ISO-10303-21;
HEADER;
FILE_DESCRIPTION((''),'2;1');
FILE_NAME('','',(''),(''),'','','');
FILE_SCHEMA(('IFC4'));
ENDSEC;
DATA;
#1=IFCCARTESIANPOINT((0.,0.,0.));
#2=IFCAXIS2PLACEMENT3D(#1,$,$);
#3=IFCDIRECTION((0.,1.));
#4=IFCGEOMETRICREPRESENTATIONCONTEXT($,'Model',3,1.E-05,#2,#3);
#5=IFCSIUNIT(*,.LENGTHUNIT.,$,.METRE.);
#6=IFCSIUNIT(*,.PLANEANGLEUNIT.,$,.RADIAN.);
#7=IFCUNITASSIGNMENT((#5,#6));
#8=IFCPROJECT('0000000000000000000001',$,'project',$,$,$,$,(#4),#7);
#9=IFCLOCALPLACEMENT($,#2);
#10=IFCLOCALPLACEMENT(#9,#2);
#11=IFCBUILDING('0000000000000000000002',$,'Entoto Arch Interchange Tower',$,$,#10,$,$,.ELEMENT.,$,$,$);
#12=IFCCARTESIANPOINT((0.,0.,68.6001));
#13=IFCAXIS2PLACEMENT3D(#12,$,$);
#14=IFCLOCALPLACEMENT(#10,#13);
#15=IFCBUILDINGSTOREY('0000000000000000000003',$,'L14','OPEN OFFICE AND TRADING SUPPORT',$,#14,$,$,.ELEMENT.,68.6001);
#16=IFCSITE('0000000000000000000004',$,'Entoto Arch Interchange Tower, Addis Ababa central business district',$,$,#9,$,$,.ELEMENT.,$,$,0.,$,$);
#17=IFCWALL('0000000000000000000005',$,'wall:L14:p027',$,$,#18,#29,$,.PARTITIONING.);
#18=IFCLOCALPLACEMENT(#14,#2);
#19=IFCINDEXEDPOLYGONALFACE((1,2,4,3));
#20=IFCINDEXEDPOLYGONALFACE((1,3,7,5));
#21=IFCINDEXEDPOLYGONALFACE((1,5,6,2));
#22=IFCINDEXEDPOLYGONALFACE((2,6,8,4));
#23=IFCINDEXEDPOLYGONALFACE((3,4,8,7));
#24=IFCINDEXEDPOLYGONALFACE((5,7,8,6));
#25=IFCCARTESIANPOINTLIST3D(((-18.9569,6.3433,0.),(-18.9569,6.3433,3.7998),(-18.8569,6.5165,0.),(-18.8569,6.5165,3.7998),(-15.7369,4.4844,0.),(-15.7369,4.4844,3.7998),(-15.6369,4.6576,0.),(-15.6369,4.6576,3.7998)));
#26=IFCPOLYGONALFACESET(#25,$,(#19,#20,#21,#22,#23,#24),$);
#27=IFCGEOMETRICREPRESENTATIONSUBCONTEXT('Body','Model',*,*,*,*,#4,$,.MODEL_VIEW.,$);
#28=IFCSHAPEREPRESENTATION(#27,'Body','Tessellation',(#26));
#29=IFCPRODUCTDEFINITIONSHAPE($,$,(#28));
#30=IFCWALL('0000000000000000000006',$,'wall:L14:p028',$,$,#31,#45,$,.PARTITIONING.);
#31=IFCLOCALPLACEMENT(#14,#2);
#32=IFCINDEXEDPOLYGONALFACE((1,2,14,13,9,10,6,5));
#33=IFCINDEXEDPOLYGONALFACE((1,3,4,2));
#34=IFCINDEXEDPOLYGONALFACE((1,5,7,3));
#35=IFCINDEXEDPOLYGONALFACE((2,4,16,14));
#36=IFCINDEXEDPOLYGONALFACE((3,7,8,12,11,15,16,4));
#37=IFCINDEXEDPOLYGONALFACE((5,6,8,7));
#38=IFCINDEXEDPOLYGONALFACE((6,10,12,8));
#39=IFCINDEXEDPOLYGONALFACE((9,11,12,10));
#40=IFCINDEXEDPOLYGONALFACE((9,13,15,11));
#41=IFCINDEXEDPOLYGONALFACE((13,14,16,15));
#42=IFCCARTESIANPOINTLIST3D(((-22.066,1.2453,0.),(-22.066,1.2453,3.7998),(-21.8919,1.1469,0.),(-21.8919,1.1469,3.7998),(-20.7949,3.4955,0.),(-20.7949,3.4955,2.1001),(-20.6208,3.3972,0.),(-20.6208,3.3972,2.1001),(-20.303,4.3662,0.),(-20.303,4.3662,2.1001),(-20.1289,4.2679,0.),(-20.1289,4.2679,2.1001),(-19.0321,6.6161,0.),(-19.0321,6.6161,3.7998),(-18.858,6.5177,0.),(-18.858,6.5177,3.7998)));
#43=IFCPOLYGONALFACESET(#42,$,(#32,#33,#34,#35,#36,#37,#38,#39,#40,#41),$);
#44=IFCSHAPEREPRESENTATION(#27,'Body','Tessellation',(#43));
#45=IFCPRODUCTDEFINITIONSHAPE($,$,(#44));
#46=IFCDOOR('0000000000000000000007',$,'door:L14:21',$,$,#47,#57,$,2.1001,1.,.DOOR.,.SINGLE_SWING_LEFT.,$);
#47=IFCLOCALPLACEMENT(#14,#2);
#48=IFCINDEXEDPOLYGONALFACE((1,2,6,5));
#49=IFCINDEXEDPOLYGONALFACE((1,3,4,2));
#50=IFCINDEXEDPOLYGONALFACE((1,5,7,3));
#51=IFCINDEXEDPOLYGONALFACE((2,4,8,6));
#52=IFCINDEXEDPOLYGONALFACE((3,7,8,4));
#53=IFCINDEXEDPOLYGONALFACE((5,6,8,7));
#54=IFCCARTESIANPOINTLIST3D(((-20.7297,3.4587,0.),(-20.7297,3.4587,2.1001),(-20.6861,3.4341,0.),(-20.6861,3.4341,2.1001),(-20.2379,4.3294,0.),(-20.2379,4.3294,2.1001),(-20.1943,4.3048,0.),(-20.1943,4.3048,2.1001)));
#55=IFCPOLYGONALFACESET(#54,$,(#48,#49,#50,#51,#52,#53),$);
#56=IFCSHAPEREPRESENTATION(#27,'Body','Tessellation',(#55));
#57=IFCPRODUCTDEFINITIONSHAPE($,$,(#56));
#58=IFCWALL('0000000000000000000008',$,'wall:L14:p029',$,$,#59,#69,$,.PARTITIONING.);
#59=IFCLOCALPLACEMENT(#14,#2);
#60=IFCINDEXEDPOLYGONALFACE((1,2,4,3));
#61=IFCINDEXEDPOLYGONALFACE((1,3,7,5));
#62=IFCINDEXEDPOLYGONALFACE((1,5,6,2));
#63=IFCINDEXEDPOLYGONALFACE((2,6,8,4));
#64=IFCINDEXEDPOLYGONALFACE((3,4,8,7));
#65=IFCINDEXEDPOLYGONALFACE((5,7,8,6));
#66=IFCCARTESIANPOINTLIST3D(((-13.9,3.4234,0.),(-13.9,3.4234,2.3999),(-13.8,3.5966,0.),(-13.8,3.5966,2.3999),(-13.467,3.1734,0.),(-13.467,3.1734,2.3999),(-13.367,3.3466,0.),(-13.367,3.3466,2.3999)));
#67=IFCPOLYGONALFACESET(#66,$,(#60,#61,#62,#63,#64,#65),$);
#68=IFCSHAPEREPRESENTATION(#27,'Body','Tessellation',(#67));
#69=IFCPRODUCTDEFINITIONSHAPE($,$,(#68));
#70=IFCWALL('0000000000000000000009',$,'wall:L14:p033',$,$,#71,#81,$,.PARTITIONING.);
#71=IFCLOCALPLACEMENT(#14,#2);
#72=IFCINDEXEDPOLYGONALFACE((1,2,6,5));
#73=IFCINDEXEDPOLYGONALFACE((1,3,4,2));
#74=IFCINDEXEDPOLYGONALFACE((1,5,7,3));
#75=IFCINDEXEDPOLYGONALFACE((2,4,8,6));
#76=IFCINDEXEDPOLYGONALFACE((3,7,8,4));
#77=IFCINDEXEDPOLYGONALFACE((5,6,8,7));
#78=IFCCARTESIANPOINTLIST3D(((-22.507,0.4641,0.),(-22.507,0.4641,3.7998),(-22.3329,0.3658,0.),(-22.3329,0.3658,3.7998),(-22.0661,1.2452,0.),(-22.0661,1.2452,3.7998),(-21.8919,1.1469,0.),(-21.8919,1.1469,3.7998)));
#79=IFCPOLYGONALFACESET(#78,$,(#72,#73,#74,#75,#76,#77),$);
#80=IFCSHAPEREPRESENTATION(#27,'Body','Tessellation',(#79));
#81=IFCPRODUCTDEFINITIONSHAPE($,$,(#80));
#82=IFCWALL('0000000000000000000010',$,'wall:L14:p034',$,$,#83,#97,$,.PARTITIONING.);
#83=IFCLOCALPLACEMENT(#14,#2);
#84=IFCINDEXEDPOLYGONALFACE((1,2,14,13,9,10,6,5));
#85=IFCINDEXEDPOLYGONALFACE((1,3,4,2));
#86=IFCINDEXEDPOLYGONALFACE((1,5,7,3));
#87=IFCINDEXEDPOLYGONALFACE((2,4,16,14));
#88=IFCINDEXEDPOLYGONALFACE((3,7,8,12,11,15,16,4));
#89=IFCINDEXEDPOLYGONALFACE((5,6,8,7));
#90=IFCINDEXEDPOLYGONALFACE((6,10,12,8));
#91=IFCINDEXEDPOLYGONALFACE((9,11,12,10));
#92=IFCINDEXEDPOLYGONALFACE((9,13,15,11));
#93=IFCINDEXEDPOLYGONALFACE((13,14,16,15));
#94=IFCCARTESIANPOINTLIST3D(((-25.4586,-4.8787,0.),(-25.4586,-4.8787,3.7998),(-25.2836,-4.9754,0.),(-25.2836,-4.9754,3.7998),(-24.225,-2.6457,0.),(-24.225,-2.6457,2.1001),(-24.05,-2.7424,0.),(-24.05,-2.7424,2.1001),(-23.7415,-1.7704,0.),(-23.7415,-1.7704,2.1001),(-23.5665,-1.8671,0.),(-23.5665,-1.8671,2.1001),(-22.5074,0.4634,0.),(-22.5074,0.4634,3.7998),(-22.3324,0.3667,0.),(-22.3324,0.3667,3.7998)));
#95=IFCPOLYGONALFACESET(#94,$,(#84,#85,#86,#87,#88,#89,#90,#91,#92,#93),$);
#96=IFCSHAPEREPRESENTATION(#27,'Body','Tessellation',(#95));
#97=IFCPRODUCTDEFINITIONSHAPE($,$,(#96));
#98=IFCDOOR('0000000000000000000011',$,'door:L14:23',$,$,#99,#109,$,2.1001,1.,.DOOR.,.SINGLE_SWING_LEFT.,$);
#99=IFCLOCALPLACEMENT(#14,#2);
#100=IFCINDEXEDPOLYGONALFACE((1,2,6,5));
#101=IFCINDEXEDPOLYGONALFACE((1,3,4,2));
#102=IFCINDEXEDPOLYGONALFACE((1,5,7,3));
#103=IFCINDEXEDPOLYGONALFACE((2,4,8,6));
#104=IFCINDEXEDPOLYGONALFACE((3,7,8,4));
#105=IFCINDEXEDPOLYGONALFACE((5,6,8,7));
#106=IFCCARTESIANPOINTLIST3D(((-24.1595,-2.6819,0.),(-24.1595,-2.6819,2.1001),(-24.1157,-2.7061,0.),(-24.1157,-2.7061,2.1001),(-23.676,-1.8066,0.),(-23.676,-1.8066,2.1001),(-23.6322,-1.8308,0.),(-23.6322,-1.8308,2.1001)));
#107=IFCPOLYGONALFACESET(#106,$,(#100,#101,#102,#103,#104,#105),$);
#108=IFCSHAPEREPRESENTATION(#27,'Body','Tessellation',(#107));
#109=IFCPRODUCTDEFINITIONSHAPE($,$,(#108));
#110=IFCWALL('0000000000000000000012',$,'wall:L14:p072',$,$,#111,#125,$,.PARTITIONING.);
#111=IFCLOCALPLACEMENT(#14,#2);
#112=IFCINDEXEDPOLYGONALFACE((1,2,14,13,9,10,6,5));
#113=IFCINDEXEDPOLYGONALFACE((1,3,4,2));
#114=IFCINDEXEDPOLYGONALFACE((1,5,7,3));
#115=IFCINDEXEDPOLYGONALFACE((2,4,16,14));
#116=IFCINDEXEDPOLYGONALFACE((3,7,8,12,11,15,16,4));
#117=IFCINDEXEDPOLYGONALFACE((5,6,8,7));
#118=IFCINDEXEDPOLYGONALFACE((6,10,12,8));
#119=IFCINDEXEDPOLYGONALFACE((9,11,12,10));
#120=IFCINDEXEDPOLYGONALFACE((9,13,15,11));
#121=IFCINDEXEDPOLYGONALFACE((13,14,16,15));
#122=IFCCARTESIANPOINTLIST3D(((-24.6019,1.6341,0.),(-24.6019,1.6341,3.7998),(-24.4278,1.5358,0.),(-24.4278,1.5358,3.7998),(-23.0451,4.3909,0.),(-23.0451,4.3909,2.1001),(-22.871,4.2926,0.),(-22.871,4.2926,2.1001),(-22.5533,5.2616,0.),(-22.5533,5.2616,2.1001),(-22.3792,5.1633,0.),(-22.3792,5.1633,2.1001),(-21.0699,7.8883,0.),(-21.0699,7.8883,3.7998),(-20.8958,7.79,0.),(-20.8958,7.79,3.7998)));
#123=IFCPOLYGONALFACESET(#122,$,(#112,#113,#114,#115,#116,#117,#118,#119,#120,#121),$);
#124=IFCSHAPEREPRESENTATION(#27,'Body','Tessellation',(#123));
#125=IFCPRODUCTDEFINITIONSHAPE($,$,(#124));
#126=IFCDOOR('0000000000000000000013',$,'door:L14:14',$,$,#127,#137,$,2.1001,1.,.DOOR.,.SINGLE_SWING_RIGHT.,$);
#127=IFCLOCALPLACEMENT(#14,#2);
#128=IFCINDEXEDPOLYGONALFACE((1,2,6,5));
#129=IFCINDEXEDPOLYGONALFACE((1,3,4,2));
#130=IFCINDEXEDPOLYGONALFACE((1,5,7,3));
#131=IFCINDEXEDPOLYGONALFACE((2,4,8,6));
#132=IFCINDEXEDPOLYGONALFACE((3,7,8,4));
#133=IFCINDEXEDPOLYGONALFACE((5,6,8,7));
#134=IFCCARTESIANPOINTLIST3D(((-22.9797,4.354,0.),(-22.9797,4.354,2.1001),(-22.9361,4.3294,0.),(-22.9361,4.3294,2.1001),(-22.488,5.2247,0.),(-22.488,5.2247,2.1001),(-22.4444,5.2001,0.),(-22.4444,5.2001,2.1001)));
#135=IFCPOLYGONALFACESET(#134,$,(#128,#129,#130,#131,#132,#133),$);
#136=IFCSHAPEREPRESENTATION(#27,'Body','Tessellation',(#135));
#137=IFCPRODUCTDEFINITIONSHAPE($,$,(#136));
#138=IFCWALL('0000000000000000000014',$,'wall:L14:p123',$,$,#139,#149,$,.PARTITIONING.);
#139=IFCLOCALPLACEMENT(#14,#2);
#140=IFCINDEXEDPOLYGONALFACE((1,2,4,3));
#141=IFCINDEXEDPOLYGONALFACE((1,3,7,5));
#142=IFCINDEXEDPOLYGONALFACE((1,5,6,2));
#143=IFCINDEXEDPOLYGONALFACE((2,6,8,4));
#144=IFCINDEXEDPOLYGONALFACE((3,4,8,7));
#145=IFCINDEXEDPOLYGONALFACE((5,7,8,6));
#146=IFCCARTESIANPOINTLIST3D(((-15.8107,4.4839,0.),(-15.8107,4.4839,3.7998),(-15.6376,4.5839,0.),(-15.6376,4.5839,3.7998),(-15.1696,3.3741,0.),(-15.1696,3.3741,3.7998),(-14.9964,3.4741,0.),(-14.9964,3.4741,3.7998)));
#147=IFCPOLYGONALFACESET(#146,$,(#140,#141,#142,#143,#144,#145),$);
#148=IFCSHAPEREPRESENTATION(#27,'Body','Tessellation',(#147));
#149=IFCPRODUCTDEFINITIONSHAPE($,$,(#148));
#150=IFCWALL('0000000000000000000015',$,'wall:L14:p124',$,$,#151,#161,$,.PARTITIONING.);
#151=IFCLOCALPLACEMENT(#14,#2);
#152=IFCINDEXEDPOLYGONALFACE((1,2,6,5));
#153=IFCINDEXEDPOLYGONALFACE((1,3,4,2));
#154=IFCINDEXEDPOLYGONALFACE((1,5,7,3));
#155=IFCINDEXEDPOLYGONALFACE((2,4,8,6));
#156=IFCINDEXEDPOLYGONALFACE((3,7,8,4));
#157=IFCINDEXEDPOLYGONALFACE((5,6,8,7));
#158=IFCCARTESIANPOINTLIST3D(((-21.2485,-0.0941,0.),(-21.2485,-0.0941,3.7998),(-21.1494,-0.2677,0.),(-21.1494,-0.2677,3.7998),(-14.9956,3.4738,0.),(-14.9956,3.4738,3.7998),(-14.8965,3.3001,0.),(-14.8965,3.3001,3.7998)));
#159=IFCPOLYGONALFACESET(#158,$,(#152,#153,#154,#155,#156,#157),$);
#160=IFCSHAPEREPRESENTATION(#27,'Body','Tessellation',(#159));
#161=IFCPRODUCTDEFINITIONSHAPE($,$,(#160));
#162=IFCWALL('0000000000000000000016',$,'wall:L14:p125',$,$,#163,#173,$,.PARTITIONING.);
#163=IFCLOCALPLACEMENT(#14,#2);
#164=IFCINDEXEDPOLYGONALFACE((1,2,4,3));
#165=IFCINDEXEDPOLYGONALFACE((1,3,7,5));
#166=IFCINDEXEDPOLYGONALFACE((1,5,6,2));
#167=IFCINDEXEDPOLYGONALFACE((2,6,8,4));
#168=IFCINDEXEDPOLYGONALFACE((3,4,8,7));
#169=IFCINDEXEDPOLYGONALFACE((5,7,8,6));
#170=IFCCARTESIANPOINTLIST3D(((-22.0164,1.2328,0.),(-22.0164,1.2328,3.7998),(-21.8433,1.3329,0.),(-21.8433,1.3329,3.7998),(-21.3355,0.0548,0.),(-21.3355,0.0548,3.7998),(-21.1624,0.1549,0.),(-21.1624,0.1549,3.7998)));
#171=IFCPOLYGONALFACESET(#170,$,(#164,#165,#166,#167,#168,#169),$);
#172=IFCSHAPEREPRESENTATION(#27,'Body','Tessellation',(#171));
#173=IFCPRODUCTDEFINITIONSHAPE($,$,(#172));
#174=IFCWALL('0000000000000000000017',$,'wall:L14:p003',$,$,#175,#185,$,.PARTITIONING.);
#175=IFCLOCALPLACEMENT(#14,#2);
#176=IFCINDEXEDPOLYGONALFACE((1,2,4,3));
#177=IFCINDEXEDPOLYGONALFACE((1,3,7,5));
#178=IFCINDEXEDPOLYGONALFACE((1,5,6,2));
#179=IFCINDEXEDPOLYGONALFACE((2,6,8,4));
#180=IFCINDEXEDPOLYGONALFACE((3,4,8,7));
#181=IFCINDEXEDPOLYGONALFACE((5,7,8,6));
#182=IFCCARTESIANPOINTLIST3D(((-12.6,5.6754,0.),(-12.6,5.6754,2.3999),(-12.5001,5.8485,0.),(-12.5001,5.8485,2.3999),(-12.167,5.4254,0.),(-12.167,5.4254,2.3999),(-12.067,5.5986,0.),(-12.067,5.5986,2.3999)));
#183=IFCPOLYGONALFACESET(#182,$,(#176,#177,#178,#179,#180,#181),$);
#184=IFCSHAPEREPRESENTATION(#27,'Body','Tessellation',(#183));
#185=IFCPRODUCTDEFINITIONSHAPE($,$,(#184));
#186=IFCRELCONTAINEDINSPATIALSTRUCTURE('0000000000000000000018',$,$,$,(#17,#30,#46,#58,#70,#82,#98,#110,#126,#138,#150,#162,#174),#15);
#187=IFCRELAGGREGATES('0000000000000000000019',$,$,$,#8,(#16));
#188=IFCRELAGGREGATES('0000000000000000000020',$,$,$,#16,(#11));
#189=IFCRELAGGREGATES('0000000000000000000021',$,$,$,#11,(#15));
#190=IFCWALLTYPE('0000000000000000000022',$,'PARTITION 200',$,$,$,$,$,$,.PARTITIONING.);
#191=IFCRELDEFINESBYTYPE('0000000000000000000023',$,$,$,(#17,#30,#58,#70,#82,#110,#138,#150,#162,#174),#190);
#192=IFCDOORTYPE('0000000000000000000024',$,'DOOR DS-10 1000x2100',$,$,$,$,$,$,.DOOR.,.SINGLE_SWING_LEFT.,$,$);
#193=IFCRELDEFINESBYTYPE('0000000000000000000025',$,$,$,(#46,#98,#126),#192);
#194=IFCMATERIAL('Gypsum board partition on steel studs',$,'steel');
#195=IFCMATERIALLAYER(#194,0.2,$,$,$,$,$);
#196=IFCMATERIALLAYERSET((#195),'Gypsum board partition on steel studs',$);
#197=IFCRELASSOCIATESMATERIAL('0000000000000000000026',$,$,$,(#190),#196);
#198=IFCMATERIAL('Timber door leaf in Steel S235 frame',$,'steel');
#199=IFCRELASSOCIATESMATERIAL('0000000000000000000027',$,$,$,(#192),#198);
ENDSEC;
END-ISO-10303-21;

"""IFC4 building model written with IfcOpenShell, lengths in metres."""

from ifc_helpers import new_model, si_unit, direction, frame, frame_2d, origin, place, context, subcontext, project, spatial, rectangle, extrude, material, layer, layer_set, type_object, element, fill, save


model = new_model("IFC4")

# Units and contexts
model_context = context("Model", 3, precision=1e-05, world=origin(), true_north=direction((0.0, 1.0)))
body_context = subcontext(model_context, "Body", "Model", "MODEL_VIEW")
ifc_project = project(units=[si_unit("LENGTHUNIT", "METRE"), si_unit("PLANEANGLEUNIT", "RADIAN")], contexts=[model_context])

# Site, building, storey
site_placement = place(None, origin())
site = spatial("IfcSite", under=ifc_project, at=site_placement, Name="Entoto Arch Interchange Tower, Addis Ababa central business district", CompositionType="ELEMENT", RefElevation=0.0)
building_placement = place(site_placement, origin())
building = spatial("IfcBuilding", under=site, at=building_placement, Name="Entoto Arch Interchange Tower", CompositionType="ELEMENT")
storey_placement = place(building_placement, frame((0.0, 0.0, 68.6001)))
storey = spatial("IfcBuildingStorey", under=building, at=storey_placement, Name="L14", Description="OPEN OFFICE AND TRADING SUPPORT", CompositionType="ELEMENT", Elevation=68.6001)

# Shared definitions
ifc_material_1 = material(Name="Gypsum board partition on steel studs", Category="steel")

# Shared definitions
ifc_layer_1 = layer(ifc_material_1, 0.2)
ifc_layer_set_1 = layer_set([ifc_layer_1], Name="Gypsum board partition on steel studs")
wall_type_1 = type_object("IfcWallType", Name="PARTITION 200", PredefinedType="PARTITIONING", material=ifc_layer_set_1)
ifc_material_2 = material(Name="Timber door leaf in Steel S235 frame", Category="steel")
door_type_1 = type_object("IfcDoorType", Name="DOOR DS-10 1000x2100", OperationType="SINGLE_SWING_LEFT", PredefinedType="DOOR", material=ifc_material_2)

# Wall
wall_1_placement = place(storey_placement, frame((-15.687, 4.571, 0.0), z_axis=(0.0, 0.0, 1.0), x_axis=(-0.866045, 0.499967, 0.0)))
element("IfcWall", 1, at=wall_1_placement, inside=storey, type_object=wall_type_1, Name="wall:L14:p027", PredefinedType="PARTITIONING", context=body_context, shape_type="SweptSolid", body=[
    extrude(rectangle(XDim=3.718, YDim=0.2, at=frame_2d((1.8589, 0.0))), origin(), (0.0, 0.0, 1.0), 3.7998),
])

# Wall, opening, door
wall_2_placement = place(storey_placement, frame((-18.9451, 6.5669, 0.0), z_axis=(0.0, 0.0, 1.0), x_axis=(-0.491841, -0.870685, 0.0)))
wall_2 = element("IfcWall", 2, at=wall_2_placement, inside=storey, type_object=wall_type_1, Name="wall:L14:p028", PredefinedType="PARTITIONING", context=body_context, shape_type="SweptSolid", body=[
    extrude(rectangle(XDim=6.1685, YDim=0.2, at=frame_2d((3.0842, 0.0))), origin(), (0.0, 0.0, 1.0), 3.7998),
])
opening_1_placement = place(wall_2_placement, frame((2.584, 0.0, 0.0)))
opening_1 = element("IfcOpeningElement", 3, at=opening_1_placement, cuts=wall_2, PredefinedType="OPENING", context=body_context, shape_type="SweptSolid", body=[
    extrude(rectangle(XDim=1.0, YDim=2.1001, at=frame_2d((0.5, 1.05))), frame((0.0, 0.1099, 0.0), z_axis=(0.0, -1.0, 0.0), x_axis=(1.0, 0.0, 0.0)), (0.0, 0.0, 1.0), 0.22),
])
door_1_placement = place(opening_1_placement, origin())
door_1 = element("IfcDoor", 4, at=door_1_placement, inside=storey, type_object=door_type_1, Name="door:L14:21", OperationType="SINGLE_SWING_LEFT", OverallHeight=2.1001, OverallWidth=1.0, PredefinedType="DOOR", context=body_context, shape_type="SweptSolid", body=[
    extrude(rectangle(XDim=1.0, YDim=2.1001, at=frame_2d((0.5, 1.05))), frame((0.0, 0.0249, 0.0), z_axis=(0.0, -1.0, 0.0), x_axis=(1.0, 0.0, 0.0)), (0.0, 0.0, 1.0), 0.05),
])
fill(opening_1, door_1)

# Walls
wall_3_placement = place(storey_placement, frame((-13.417, 3.26, 0.0), z_axis=(0.0, 0.0, 1.0), x_axis=(-0.866072, 0.49992, 0.0)))
element("IfcWall", 5, at=wall_3_placement, inside=storey, type_object=wall_type_1, Name="wall:L14:p029", PredefinedType="PARTITIONING", context=body_context, shape_type="SweptSolid", body=[
    extrude(rectangle(XDim=0.5, YDim=0.2, at=frame_2d((0.25, 0.0))), origin(), (0.0, 0.0, 1.0), 2.3999),
])
wall_4_placement = place(storey_placement, frame((-21.979, 1.196, 0.0), z_axis=(0.0, 0.0, 1.0), x_axis=(-0.491618, -0.870811, 0.0)))
element("IfcWall", 6, at=wall_4_placement, inside=storey, type_object=wall_type_1, Name="wall:L14:p033", PredefinedType="PARTITIONING", context=body_context, shape_type="SweptSolid", body=[
    extrude(rectangle(XDim=0.897, YDim=0.2, at=frame_2d((0.4485, 0.0))), origin(), (0.0, 0.0, 1.0), 3.7998),
])

# Walls, openings, doors
wall_5_placement = place(storey_placement, frame((-22.4199, 0.415, 0.0), z_axis=(0.0, 0.0, 1.0), x_axis=(-0.483559, -0.875311, 0.0)))
wall_5 = element("IfcWall", 7, at=wall_5_placement, inside=storey, type_object=wall_type_1, Name="wall:L14:p034", PredefinedType="PARTITIONING", context=body_context, shape_type="SweptSolid", body=[
    extrude(rectangle(XDim=6.103, YDim=0.2, at=frame_2d((3.0515, 0.0))), origin(), (0.0, 0.0, 1.0), 3.7998),
])
opening_2_placement = place(wall_5_placement, frame((2.552, 0.0, 0.0)))
opening_2 = element("IfcOpeningElement", 8, at=opening_2_placement, cuts=wall_5, PredefinedType="OPENING", context=body_context, shape_type="SweptSolid", body=[
    extrude(rectangle(XDim=1.0, YDim=2.1001, at=frame_2d((0.5, 1.05))), frame((0.0, 0.1099, 0.0), z_axis=(0.0, -1.0, 0.0), x_axis=(1.0, 0.0, 0.0)), (0.0, 0.0, 1.0), 0.22),
])
door_2_placement = place(opening_2_placement, origin())
door_2 = element("IfcDoor", 9, at=door_2_placement, inside=storey, type_object=door_type_1, Name="door:L14:23", OperationType="SINGLE_SWING_LEFT", OverallHeight=2.1001, OverallWidth=1.0, PredefinedType="DOOR", context=body_context, shape_type="SweptSolid", body=[
    extrude(rectangle(XDim=1.0, YDim=2.1001, at=frame_2d((0.5, 1.05))), frame((0.0, 0.0249, 0.0), z_axis=(0.0, -1.0, 0.0), x_axis=(1.0, 0.0, 0.0)), (0.0, 0.0, 1.0), 0.05),
])
fill(opening_2, door_2)
wall_6_placement = place(storey_placement, frame((-24.5149, 1.585, 0.0), z_axis=(0.0, 0.0, 1.0), x_axis=(0.491744, 0.87074, 0.0)))
wall_6 = element("IfcWall", 10, at=wall_6_placement, inside=storey, type_object=wall_type_1, Name="wall:L14:p072", PredefinedType="PARTITIONING", context=body_context, shape_type="SweptSolid", body=[
    extrude(rectangle(XDim=7.1826, YDim=0.2, at=frame_2d((3.5913, 0.0))), origin(), (0.0, 0.0, 1.0), 3.7998),
])
opening_3_placement = place(wall_6_placement, frame((3.166, 0.0, 0.0)))
opening_3 = element("IfcOpeningElement", 11, at=opening_3_placement, cuts=wall_6, PredefinedType="OPENING", context=body_context, shape_type="SweptSolid", body=[
    extrude(rectangle(XDim=1.0, YDim=2.1001, at=frame_2d((0.5, 1.05))), frame((0.0, 0.1099, 0.0), z_axis=(0.0, -1.0, 0.0), x_axis=(1.0, 0.0, 0.0)), (0.0, 0.0, 1.0), 0.22),
])
door_3_placement = place(opening_3_placement, origin())
door_3 = element("IfcDoor", 12, at=door_3_placement, inside=storey, type_object=door_type_1, Name="door:L14:14", OperationType="SINGLE_SWING_RIGHT", OverallHeight=2.1001, OverallWidth=1.0, PredefinedType="DOOR", context=body_context, shape_type="SweptSolid", body=[
    extrude(rectangle(XDim=1.0, YDim=2.1001, at=frame_2d((0.5, 1.05))), frame((0.0, 0.0249, 0.0), z_axis=(0.0, -1.0, 0.0), x_axis=(1.0, 0.0, 0.0)), (0.0, 0.0, 1.0), 0.05),
])
fill(opening_3, door_3)

# Walls
wall_7_placement = place(storey_placement, frame((-15.7241, 4.5339, 0.0), z_axis=(0.0, 0.0, 1.0), x_axis=(0.500195, -0.865913, 0.0)))
element("IfcWall", 13, at=wall_7_placement, inside=storey, type_object=wall_type_1, Name="wall:L14:p123", PredefinedType="PARTITIONING", context=body_context, shape_type="SweptSolid", body=[
    extrude(rectangle(XDim=1.2817, YDim=0.2, at=frame_2d((0.6409, 0.0))), origin(), (0.0, 0.0, 1.0), 3.7998),
])
wall_8_placement = place(storey_placement, frame((-14.946, 3.387, 0.0), z_axis=(0.0, 0.0, 1.0), x_axis=(-0.868556, -0.495591, 0.0)))
element("IfcWall", 14, at=wall_8_placement, inside=storey, type_object=wall_type_1, Name="wall:L14:p124", PredefinedType="PARTITIONING", context=body_context, shape_type="SweptSolid", body=[
    extrude(rectangle(XDim=7.1992, YDim=0.2, at=frame_2d((3.5996, 0.0))), origin(), (0.0, 0.0, 1.0), 3.7998),
])
wall_9_placement = place(storey_placement, frame((-21.249, 0.105, 0.0), z_axis=(0.0, 0.0, 1.0), x_axis=(-0.500442, 0.86577, 0.0)))
element("IfcWall", 15, at=wall_9_placement, inside=storey, type_object=wall_type_1, Name="wall:L14:p125", PredefinedType="PARTITIONING", context=body_context, shape_type="SweptSolid", body=[
    extrude(rectangle(XDim=1.3606, YDim=0.2, at=frame_2d((0.6802, 0.0))), origin(), (0.0, 0.0, 1.0), 3.7998),
])
wall_10_placement = place(storey_placement, frame((-12.55, 5.762, 0.0), z_axis=(0.0, 0.0, 1.0), x_axis=(0.866072, -0.49992, 0.0)))
element("IfcWall", 16, at=wall_10_placement, inside=storey, type_object=wall_type_1, Name="wall:L14:p003", PredefinedType="PARTITIONING", context=body_context, shape_type="SweptSolid", body=[
    extrude(rectangle(XDim=0.5, YDim=0.2, at=frame_2d((0.25, 0.0))), origin(), (0.0, 0.0, 1.0), 2.3999),
])

save(model, "model.ifc")
